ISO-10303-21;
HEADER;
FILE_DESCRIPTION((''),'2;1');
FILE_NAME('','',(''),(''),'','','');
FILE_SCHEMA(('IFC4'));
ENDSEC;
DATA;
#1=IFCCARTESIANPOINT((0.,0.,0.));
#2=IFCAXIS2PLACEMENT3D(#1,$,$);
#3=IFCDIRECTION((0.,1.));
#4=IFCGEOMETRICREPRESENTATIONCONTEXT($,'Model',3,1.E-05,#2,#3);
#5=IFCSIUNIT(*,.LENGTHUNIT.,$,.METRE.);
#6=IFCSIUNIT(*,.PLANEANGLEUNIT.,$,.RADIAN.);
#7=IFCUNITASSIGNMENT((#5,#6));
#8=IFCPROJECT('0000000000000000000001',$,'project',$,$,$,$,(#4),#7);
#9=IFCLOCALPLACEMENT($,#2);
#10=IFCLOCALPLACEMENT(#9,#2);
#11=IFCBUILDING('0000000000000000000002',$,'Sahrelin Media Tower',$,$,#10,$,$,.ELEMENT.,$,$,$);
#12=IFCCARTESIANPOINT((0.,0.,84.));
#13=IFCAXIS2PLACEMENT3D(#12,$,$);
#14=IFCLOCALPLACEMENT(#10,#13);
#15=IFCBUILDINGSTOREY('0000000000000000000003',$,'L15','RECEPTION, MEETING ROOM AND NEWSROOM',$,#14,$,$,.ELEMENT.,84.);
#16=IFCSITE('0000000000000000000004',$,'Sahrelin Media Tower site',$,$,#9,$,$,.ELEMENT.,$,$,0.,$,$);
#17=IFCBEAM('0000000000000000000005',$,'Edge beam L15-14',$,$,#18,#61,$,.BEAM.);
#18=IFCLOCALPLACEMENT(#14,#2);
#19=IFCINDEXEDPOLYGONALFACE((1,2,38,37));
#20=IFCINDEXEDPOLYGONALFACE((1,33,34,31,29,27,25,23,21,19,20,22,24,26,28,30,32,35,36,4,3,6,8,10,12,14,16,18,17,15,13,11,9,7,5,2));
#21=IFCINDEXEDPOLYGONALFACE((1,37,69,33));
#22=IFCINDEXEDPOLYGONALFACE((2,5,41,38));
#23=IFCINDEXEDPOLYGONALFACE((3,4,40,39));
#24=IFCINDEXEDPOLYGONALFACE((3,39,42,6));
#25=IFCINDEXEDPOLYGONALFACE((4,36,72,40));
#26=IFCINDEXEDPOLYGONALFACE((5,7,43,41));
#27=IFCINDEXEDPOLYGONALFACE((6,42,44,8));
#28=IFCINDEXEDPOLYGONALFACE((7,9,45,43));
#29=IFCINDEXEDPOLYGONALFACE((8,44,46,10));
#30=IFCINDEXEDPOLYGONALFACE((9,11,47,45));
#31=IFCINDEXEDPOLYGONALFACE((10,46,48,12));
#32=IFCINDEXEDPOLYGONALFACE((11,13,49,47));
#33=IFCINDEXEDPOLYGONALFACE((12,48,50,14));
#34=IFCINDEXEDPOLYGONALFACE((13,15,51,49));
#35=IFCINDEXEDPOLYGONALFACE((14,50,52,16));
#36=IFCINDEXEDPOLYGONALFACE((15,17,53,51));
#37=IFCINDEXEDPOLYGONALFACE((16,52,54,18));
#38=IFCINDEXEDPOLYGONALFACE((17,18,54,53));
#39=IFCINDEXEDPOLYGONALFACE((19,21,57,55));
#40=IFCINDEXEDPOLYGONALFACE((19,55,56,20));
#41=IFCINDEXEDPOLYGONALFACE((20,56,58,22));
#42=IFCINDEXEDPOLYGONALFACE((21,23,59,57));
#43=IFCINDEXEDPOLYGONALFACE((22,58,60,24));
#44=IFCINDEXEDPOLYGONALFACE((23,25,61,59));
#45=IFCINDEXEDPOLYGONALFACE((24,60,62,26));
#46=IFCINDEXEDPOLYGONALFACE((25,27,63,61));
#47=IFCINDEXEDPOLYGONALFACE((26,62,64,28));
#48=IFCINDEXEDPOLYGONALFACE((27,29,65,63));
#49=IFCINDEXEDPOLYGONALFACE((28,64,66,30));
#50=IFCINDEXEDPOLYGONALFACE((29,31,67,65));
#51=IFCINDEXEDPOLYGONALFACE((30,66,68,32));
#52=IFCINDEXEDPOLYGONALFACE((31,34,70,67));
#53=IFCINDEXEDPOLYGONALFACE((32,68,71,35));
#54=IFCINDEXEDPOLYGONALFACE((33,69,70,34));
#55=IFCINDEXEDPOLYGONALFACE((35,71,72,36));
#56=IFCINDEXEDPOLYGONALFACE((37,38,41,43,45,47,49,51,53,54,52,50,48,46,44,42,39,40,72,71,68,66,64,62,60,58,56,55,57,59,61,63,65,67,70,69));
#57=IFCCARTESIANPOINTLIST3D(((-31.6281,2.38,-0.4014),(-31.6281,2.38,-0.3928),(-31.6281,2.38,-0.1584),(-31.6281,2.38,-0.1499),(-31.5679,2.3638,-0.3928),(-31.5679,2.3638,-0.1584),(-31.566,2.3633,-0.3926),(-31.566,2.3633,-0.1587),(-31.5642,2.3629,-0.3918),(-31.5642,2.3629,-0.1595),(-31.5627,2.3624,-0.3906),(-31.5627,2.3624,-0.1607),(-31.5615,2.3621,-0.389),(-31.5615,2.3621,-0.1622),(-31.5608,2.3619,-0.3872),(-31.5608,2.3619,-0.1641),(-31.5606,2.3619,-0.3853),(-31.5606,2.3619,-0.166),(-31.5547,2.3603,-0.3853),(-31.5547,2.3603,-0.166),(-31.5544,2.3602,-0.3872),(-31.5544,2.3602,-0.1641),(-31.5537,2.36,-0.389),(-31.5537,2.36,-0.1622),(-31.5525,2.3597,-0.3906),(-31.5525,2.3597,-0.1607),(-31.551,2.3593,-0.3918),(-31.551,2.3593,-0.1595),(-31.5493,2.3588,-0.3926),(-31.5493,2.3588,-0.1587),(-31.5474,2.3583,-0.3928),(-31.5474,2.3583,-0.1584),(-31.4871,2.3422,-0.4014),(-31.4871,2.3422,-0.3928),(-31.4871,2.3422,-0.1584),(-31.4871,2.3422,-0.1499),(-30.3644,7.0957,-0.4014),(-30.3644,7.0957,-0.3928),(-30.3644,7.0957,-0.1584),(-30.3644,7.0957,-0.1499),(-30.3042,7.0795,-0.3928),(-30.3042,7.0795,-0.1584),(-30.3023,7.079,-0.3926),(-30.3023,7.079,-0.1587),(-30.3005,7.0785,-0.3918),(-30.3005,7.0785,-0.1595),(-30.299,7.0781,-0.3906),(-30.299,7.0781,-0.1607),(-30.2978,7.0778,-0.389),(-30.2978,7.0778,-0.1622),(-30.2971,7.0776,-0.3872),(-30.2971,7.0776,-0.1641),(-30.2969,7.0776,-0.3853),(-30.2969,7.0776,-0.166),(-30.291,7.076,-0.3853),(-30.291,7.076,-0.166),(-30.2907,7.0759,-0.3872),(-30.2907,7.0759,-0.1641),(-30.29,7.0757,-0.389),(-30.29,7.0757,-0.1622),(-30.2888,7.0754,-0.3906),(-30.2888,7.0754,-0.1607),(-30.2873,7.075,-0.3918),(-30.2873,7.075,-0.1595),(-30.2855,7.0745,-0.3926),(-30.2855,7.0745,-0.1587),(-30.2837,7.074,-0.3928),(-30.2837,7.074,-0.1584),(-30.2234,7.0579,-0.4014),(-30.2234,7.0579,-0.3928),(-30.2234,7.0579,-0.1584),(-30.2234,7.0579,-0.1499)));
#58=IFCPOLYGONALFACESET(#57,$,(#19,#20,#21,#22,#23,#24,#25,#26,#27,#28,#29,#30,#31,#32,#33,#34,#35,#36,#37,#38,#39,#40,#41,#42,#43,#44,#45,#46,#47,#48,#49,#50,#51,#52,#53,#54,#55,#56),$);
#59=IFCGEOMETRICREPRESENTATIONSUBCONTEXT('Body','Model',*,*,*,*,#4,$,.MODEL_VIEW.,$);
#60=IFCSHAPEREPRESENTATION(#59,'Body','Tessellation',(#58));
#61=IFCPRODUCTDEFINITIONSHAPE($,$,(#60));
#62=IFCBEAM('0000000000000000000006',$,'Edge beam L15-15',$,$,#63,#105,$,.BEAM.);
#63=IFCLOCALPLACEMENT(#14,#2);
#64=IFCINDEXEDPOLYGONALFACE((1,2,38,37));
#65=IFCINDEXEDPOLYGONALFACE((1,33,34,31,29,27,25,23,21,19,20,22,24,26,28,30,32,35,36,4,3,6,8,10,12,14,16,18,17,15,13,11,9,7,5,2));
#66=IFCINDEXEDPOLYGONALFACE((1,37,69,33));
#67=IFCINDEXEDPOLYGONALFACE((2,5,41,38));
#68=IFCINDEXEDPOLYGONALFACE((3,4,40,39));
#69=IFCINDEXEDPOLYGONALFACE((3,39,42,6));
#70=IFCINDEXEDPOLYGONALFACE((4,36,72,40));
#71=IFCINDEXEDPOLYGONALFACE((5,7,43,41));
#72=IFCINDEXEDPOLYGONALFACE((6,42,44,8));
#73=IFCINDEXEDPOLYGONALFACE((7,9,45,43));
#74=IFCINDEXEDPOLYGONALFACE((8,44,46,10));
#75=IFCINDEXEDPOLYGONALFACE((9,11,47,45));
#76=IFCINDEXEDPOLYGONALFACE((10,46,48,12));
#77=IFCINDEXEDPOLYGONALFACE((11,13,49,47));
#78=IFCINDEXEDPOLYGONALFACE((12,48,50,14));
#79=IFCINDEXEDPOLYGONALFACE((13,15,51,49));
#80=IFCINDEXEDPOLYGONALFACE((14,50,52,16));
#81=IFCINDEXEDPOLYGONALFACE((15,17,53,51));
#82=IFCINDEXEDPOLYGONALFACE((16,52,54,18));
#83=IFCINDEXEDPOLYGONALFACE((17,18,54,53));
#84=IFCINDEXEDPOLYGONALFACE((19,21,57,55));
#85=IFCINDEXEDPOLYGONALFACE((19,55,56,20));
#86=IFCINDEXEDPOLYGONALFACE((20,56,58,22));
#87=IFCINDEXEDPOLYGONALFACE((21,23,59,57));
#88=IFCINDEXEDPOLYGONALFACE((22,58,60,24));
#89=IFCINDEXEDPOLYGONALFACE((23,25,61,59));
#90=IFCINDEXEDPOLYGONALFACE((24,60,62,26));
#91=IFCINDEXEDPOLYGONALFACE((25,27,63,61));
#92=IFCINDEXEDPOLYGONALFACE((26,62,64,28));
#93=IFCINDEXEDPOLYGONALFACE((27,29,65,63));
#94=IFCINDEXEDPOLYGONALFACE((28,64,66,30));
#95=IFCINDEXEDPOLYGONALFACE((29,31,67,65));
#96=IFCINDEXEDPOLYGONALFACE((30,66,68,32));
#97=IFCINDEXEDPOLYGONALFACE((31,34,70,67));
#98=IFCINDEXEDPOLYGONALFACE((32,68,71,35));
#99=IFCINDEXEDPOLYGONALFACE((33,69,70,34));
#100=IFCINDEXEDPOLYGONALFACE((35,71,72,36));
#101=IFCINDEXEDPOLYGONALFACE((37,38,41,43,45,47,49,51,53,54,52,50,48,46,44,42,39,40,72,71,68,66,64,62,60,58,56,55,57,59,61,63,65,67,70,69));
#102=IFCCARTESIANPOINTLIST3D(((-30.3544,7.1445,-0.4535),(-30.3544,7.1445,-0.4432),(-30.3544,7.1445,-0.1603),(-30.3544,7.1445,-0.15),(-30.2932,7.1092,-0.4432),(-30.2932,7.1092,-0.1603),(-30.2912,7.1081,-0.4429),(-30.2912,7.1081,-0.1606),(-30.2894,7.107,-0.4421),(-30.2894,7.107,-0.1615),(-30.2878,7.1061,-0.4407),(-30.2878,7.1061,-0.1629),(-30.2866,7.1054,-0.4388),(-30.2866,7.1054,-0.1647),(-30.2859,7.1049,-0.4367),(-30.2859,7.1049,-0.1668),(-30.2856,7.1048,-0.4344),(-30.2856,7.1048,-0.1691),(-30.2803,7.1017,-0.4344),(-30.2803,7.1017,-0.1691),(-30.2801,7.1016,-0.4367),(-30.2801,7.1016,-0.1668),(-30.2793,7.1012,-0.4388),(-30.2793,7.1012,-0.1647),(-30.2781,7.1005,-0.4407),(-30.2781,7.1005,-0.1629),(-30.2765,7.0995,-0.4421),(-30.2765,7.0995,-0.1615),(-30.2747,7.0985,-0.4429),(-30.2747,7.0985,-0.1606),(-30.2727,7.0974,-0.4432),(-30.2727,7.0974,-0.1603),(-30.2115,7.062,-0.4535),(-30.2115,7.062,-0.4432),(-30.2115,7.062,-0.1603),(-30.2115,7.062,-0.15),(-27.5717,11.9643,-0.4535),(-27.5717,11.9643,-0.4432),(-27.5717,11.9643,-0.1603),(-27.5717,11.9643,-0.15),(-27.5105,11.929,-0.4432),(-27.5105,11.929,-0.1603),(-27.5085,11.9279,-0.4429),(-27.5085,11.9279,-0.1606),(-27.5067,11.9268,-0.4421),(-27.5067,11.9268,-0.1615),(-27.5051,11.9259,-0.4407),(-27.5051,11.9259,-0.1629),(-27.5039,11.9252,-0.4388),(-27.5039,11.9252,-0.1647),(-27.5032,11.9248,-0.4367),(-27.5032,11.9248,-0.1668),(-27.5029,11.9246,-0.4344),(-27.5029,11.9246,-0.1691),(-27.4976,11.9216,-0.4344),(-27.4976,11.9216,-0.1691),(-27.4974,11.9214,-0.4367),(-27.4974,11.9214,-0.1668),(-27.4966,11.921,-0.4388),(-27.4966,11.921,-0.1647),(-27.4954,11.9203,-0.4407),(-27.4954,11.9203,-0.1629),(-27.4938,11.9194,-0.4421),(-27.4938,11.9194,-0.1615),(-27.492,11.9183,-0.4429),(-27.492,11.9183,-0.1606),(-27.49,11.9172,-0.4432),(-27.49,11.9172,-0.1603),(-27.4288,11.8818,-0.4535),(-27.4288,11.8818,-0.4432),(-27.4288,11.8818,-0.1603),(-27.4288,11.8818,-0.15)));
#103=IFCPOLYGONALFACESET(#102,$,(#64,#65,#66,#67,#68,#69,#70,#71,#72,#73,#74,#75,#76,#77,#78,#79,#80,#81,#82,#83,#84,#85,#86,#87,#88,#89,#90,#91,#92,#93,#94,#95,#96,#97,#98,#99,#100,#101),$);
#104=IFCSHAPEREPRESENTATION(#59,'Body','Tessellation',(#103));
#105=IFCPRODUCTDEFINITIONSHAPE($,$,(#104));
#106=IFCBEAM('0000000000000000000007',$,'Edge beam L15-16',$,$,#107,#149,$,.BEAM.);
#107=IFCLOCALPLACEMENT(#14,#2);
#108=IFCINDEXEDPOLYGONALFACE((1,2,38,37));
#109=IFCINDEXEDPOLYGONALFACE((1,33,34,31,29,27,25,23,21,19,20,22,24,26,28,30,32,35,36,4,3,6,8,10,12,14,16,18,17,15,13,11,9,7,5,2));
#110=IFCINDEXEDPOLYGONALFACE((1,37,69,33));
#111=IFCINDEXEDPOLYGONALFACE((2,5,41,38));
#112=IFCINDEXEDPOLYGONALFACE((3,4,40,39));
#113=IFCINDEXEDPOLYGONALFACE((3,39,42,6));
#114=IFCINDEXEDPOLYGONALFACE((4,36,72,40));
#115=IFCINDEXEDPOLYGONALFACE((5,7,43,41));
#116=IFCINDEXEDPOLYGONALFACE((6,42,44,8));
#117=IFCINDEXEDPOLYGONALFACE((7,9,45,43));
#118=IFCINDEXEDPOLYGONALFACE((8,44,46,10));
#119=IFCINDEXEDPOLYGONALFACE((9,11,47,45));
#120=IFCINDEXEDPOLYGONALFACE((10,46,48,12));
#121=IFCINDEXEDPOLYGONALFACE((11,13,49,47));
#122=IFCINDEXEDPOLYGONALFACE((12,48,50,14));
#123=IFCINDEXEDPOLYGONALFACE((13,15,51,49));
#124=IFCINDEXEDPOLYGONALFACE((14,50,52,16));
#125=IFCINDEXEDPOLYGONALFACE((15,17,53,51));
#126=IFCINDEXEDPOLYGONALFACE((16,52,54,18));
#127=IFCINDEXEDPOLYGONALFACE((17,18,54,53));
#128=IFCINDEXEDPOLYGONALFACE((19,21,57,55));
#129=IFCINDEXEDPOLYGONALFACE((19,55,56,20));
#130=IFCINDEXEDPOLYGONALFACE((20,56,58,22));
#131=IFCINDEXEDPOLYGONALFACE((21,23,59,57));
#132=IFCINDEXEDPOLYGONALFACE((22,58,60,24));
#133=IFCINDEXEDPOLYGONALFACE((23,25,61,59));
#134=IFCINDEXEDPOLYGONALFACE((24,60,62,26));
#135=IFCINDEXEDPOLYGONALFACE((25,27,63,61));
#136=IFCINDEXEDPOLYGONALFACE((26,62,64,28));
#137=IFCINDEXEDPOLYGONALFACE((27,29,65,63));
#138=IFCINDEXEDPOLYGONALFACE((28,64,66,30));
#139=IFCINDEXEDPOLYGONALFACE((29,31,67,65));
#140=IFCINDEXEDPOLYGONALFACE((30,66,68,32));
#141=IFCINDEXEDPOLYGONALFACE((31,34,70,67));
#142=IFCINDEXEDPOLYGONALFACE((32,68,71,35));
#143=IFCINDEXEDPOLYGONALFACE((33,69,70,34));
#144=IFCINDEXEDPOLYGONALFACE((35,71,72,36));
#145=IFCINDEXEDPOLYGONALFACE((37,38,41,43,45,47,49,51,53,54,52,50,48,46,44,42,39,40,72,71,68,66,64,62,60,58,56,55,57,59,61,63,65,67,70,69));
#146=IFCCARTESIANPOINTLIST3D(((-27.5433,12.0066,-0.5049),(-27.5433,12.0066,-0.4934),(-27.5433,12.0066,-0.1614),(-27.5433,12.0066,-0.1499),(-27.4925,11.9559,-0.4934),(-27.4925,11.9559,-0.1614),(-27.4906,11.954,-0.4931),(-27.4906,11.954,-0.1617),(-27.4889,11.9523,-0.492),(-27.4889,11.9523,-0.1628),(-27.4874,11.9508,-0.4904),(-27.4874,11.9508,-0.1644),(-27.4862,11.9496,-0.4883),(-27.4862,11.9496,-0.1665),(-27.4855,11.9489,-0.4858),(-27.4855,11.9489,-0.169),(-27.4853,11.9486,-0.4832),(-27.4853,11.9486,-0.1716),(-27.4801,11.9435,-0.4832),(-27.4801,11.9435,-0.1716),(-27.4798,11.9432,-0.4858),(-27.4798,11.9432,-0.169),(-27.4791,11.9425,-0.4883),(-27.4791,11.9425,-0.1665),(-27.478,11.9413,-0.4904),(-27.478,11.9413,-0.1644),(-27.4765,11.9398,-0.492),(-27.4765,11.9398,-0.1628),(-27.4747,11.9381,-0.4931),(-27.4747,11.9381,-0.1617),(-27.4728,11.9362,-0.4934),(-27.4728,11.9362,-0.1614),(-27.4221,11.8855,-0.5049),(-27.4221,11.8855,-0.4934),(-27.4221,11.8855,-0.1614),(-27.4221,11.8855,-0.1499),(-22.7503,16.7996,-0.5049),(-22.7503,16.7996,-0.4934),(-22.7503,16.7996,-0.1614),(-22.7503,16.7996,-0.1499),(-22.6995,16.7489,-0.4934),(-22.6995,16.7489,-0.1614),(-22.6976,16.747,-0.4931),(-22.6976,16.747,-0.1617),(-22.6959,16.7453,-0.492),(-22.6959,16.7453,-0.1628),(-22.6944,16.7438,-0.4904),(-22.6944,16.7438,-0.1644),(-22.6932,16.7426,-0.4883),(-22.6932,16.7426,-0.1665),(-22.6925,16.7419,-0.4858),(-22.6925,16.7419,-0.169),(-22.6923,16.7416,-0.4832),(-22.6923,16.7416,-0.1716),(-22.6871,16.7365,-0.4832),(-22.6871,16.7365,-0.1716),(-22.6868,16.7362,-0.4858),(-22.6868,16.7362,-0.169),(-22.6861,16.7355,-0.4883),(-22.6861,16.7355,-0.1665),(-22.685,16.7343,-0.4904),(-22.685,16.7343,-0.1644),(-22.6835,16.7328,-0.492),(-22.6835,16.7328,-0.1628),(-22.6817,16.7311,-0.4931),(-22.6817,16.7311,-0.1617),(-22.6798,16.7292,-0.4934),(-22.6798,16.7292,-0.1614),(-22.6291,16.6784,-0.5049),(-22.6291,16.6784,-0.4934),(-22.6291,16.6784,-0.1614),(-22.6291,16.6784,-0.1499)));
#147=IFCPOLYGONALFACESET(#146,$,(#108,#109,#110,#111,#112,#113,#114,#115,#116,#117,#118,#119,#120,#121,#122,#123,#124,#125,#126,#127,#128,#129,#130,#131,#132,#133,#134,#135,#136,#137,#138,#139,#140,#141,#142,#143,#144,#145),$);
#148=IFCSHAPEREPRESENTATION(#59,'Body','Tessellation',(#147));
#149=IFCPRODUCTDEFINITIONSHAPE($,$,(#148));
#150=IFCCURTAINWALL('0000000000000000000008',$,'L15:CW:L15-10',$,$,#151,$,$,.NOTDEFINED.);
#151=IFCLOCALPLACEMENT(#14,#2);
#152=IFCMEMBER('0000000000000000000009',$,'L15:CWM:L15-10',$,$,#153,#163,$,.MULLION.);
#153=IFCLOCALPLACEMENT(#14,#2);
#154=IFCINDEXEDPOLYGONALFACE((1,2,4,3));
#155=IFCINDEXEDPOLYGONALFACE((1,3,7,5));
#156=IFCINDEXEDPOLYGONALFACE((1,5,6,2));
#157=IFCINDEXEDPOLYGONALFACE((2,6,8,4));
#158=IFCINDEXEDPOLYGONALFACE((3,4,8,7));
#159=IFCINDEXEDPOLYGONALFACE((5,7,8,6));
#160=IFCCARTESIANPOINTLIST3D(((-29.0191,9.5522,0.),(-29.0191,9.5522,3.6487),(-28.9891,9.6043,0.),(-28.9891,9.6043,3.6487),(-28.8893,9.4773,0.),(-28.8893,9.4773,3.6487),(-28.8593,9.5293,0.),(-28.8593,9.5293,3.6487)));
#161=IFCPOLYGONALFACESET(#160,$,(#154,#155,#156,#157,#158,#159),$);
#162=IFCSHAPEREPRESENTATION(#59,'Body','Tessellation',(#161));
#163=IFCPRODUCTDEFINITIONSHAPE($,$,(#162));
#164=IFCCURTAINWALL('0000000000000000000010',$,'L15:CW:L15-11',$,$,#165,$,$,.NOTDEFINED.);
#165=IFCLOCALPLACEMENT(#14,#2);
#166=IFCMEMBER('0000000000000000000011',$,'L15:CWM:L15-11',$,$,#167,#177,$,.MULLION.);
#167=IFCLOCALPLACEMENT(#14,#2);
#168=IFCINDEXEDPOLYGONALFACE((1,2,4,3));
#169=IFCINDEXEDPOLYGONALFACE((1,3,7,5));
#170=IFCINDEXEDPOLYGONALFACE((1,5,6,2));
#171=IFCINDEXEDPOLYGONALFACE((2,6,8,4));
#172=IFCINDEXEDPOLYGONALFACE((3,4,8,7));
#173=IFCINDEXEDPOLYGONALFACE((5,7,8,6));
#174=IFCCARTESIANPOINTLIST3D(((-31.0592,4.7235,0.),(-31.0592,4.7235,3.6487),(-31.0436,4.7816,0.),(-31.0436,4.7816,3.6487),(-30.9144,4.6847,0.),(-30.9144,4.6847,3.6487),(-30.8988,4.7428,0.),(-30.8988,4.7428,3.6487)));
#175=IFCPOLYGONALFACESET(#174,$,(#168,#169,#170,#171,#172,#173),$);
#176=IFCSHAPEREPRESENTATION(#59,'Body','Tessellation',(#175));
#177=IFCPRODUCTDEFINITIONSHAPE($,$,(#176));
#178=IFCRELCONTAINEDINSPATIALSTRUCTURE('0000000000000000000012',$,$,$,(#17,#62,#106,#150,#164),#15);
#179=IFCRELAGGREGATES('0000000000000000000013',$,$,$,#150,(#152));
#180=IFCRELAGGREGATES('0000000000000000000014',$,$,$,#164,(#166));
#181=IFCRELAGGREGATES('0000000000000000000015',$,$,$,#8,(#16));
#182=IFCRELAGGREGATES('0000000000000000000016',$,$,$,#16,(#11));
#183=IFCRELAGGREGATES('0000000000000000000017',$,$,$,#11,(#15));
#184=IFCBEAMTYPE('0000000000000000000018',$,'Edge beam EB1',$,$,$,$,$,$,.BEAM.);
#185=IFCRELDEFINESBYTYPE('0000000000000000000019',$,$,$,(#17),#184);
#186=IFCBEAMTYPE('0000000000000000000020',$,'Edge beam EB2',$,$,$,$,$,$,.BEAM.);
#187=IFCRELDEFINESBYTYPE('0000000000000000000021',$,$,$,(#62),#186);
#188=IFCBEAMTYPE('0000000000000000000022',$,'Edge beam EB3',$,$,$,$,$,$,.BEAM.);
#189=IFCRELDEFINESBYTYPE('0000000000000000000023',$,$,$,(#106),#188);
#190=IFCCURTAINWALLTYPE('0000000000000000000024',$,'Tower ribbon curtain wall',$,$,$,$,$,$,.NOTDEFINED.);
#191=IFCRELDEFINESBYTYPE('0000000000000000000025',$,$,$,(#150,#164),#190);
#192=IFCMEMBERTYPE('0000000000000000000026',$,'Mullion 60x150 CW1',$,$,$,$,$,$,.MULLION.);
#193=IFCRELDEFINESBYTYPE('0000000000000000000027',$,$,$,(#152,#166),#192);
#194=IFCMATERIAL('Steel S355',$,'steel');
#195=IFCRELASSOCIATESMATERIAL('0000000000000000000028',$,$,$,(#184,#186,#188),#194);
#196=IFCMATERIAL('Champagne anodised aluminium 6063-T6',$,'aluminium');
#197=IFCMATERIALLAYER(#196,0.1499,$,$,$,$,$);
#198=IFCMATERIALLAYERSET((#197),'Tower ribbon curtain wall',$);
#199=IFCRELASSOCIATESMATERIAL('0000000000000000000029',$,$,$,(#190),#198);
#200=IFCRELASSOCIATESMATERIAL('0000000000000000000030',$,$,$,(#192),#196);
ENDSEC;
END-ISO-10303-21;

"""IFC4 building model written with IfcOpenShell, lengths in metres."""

from ifc_helpers import new_model, si_unit, direction, frame, origin, origin_2d, place, context, subcontext, project, spatial, rectangle, i_section, extrude, material, layer, layer_set, material_profile, profile_set, type_object, element, aggregate, save


model = new_model("IFC4")

# Units and contexts
model_context = context("Model", 3, precision=1e-05, world=origin(), true_north=direction((0.0, 1.0)))
body_context = subcontext(model_context, "Body", "Model", "MODEL_VIEW")
ifc_project = project(units=[si_unit("LENGTHUNIT", "METRE"), si_unit("PLANEANGLEUNIT", "RADIAN")], contexts=[model_context])

# Site, building, storey
site_placement = place(None, origin())
site = spatial("IfcSite", under=ifc_project, at=site_placement, Name="Sahrelin Media Tower site", CompositionType="ELEMENT", RefElevation=0.0)
building_placement = place(site_placement, origin())
building = spatial("IfcBuilding", under=site, at=building_placement, Name="Sahrelin Media Tower", CompositionType="ELEMENT")
storey_placement = place(building_placement, frame((0.0, 0.0, 84.0)))
storey = spatial("IfcBuildingStorey", under=building, at=storey_placement, Name="L15", Description="RECEPTION, MEETING ROOM AND NEWSROOM", CompositionType="ELEMENT", Elevation=84.0)

# Beams
ifc_material_1 = material(Name="Steel S355", Category="steel")
ifc_material_profile_1 = material_profile(ifc_material_1, i_section(OverallWidth=0.146, OverallDepth=0.2515, WebThickness=0.0061, FlangeThickness=0.0085, FilletRadius=0.0076, at=origin_2d()), Name="UB 254x146x31")
ifc_profile_set_1 = profile_set([ifc_material_profile_1], Name="Steel S355")
beam_type_1 = type_object("IfcBeamType", Name="Edge beam EB1", PredefinedType="BEAM", material=ifc_profile_set_1)
beam_1_placement = place(storey_placement, frame((-31.5576, 2.3611, -0.2756), z_axis=(0.258845, 0.965919, 0.0), x_axis=(-0.965919, 0.258845, 0.0)))
element("IfcBeam", 1, at=beam_1_placement, inside=storey, type_object=beam_type_1, Name="Edge beam L15-14", PredefinedType="BEAM", context=body_context, shape_type="SweptSolid", body=[
    extrude(i_section(OverallWidth=0.146, OverallDepth=0.2515, WebThickness=0.0061, FlangeThickness=0.0085, FilletRadius=0.0076, at=origin_2d()), origin(), (0.0, 0.0, 1.0), 4.8821),
])
ifc_material_profile_2 = material_profile(ifc_material_1, i_section(OverallWidth=0.165, OverallDepth=0.3035, WebThickness=0.0061, FlangeThickness=0.0103, FilletRadius=0.0088, at=origin_2d()), Name="UB 305x165x40")
ifc_profile_set_2 = profile_set([ifc_material_profile_2], Name="Steel S355")
beam_type_2 = type_object("IfcBeamType", Name="Edge beam EB2", PredefinedType="BEAM", material=ifc_profile_set_2)
beam_2_placement = place(storey_placement, frame((-30.283, 7.1033, -0.3018), z_axis=(0.499998, 0.866026, 0.0), x_axis=(-0.866026, 0.499998, 0.0)))
element("IfcBeam", 2, at=beam_2_placement, inside=storey, type_object=beam_type_2, Name="Edge beam L15-15", PredefinedType="BEAM", context=body_context, shape_type="SweptSolid", body=[
    extrude(i_section(OverallWidth=0.165, OverallDepth=0.3035, WebThickness=0.0061, FlangeThickness=0.0103, FilletRadius=0.0088, at=origin_2d()), origin(), (0.0, 0.0, 1.0), 5.5654),
])
ifc_material_profile_3 = material_profile(ifc_material_1, i_section(OverallWidth=0.1714, OverallDepth=0.355, WebThickness=0.0073, FlangeThickness=0.0115, FilletRadius=0.0103, at=origin_2d()), Name="UB 356x171x51")
ifc_profile_set_3 = profile_set([ifc_material_profile_3], Name="Steel S355")
beam_type_3 = type_object("IfcBeamType", Name="Edge beam EB3", PredefinedType="BEAM", material=ifc_profile_set_3)
beam_3_placement = place(storey_placement, frame((-27.4827, 11.946, -0.3274), z_axis=(0.707107, 0.707107, 0.0), x_axis=(-0.707107, 0.707107, 0.0)))
element("IfcBeam", 3, at=beam_3_placement, inside=storey, type_object=beam_type_3, Name="Edge beam L15-16", PredefinedType="BEAM", context=body_context, shape_type="SweptSolid", body=[
    extrude(i_section(OverallWidth=0.1714, OverallDepth=0.355, WebThickness=0.0073, FlangeThickness=0.0115, FilletRadius=0.0103, at=origin_2d()), origin(), (0.0, 0.0, 1.0), 6.7783),
])

# Curtain walls, members
ifc_material_2 = material(Name="Champagne anodised aluminium 6063-T6", Category="aluminium")
ifc_layer_1 = layer(ifc_material_2, 0.1499)
ifc_layer_set_1 = layer_set([ifc_layer_1], Name="Tower ribbon curtain wall")
curtain_wall_type = type_object("IfcCurtainWallType", Name="Tower ribbon curtain wall", PredefinedType="NOTDEFINED", material=ifc_layer_set_1)
curtain_wall_1_placement = place(storey_placement, frame((-29.0215, 9.5884, 0.0), z_axis=(0.0, 0.0, 1.0), x_axis=(1.0, 0.0, 0.0)))
curtain_wall_1 = element("IfcCurtainWall", 4, at=curtain_wall_1_placement, inside=storey, type_object=curtain_wall_type, Name="L15:CW:L15-10", PredefinedType="NOTDEFINED")
ifc_material_profile_4 = material_profile(ifc_material_2, rectangle(XDim=0.0601, YDim=0.1499, at=origin_2d()), Name="Mullion 60x150")
ifc_profile_set_4 = profile_set([ifc_material_profile_4], Name="Champagne anodised aluminium 6063-T6")
member_type_1 = type_object("IfcMemberType", Name="Mullion 60x150 CW1", PredefinedType="MULLION", material=ifc_profile_set_4)
member_1_placement = place(storey_placement, frame((-28.9392, 9.5408, 0.0), z_axis=(0.0, 0.0, 1.0), x_axis=(-0.499991, -0.866031, 0.0)))
member_1 = element("IfcMember", 5, at=member_1_placement, type_object=member_type_1, Name="L15:CWM:L15-10", PredefinedType="MULLION", context=body_context, shape_type="SweptSolid", body=[
    extrude(rectangle(XDim=0.0601, YDim=0.1499, at=origin_2d()), origin(), (0.0, 0.0, 1.0), 3.6487),
])
curtain_wall_2_placement = place(storey_placement, frame((-31.0708, 4.7576, 0.0), z_axis=(0.0, 0.0, 1.0), x_axis=(1.0, 0.0, 0.0)))
curtain_wall_2 = element("IfcCurtainWall", 6, at=curtain_wall_2_placement, inside=storey, type_object=curtain_wall_type, Name="L15:CW:L15-11", PredefinedType="NOTDEFINED")
member_2_placement = place(storey_placement, frame((-30.979, 4.7332, 0.0), z_axis=(0.0, 0.0, 1.0), x_axis=(-0.258817, -0.965926, 0.0)))
member_2 = element("IfcMember", 7, at=member_2_placement, type_object=member_type_1, Name="L15:CWM:L15-11", PredefinedType="MULLION", context=body_context, shape_type="SweptSolid", body=[
    extrude(rectangle(XDim=0.0601, YDim=0.1499, at=origin_2d()), origin(), (0.0, 0.0, 1.0), 3.6487),
])

aggregate(curtain_wall_1, [member_1])

aggregate(curtain_wall_2, [member_2])

save(model, "model.ifc")
